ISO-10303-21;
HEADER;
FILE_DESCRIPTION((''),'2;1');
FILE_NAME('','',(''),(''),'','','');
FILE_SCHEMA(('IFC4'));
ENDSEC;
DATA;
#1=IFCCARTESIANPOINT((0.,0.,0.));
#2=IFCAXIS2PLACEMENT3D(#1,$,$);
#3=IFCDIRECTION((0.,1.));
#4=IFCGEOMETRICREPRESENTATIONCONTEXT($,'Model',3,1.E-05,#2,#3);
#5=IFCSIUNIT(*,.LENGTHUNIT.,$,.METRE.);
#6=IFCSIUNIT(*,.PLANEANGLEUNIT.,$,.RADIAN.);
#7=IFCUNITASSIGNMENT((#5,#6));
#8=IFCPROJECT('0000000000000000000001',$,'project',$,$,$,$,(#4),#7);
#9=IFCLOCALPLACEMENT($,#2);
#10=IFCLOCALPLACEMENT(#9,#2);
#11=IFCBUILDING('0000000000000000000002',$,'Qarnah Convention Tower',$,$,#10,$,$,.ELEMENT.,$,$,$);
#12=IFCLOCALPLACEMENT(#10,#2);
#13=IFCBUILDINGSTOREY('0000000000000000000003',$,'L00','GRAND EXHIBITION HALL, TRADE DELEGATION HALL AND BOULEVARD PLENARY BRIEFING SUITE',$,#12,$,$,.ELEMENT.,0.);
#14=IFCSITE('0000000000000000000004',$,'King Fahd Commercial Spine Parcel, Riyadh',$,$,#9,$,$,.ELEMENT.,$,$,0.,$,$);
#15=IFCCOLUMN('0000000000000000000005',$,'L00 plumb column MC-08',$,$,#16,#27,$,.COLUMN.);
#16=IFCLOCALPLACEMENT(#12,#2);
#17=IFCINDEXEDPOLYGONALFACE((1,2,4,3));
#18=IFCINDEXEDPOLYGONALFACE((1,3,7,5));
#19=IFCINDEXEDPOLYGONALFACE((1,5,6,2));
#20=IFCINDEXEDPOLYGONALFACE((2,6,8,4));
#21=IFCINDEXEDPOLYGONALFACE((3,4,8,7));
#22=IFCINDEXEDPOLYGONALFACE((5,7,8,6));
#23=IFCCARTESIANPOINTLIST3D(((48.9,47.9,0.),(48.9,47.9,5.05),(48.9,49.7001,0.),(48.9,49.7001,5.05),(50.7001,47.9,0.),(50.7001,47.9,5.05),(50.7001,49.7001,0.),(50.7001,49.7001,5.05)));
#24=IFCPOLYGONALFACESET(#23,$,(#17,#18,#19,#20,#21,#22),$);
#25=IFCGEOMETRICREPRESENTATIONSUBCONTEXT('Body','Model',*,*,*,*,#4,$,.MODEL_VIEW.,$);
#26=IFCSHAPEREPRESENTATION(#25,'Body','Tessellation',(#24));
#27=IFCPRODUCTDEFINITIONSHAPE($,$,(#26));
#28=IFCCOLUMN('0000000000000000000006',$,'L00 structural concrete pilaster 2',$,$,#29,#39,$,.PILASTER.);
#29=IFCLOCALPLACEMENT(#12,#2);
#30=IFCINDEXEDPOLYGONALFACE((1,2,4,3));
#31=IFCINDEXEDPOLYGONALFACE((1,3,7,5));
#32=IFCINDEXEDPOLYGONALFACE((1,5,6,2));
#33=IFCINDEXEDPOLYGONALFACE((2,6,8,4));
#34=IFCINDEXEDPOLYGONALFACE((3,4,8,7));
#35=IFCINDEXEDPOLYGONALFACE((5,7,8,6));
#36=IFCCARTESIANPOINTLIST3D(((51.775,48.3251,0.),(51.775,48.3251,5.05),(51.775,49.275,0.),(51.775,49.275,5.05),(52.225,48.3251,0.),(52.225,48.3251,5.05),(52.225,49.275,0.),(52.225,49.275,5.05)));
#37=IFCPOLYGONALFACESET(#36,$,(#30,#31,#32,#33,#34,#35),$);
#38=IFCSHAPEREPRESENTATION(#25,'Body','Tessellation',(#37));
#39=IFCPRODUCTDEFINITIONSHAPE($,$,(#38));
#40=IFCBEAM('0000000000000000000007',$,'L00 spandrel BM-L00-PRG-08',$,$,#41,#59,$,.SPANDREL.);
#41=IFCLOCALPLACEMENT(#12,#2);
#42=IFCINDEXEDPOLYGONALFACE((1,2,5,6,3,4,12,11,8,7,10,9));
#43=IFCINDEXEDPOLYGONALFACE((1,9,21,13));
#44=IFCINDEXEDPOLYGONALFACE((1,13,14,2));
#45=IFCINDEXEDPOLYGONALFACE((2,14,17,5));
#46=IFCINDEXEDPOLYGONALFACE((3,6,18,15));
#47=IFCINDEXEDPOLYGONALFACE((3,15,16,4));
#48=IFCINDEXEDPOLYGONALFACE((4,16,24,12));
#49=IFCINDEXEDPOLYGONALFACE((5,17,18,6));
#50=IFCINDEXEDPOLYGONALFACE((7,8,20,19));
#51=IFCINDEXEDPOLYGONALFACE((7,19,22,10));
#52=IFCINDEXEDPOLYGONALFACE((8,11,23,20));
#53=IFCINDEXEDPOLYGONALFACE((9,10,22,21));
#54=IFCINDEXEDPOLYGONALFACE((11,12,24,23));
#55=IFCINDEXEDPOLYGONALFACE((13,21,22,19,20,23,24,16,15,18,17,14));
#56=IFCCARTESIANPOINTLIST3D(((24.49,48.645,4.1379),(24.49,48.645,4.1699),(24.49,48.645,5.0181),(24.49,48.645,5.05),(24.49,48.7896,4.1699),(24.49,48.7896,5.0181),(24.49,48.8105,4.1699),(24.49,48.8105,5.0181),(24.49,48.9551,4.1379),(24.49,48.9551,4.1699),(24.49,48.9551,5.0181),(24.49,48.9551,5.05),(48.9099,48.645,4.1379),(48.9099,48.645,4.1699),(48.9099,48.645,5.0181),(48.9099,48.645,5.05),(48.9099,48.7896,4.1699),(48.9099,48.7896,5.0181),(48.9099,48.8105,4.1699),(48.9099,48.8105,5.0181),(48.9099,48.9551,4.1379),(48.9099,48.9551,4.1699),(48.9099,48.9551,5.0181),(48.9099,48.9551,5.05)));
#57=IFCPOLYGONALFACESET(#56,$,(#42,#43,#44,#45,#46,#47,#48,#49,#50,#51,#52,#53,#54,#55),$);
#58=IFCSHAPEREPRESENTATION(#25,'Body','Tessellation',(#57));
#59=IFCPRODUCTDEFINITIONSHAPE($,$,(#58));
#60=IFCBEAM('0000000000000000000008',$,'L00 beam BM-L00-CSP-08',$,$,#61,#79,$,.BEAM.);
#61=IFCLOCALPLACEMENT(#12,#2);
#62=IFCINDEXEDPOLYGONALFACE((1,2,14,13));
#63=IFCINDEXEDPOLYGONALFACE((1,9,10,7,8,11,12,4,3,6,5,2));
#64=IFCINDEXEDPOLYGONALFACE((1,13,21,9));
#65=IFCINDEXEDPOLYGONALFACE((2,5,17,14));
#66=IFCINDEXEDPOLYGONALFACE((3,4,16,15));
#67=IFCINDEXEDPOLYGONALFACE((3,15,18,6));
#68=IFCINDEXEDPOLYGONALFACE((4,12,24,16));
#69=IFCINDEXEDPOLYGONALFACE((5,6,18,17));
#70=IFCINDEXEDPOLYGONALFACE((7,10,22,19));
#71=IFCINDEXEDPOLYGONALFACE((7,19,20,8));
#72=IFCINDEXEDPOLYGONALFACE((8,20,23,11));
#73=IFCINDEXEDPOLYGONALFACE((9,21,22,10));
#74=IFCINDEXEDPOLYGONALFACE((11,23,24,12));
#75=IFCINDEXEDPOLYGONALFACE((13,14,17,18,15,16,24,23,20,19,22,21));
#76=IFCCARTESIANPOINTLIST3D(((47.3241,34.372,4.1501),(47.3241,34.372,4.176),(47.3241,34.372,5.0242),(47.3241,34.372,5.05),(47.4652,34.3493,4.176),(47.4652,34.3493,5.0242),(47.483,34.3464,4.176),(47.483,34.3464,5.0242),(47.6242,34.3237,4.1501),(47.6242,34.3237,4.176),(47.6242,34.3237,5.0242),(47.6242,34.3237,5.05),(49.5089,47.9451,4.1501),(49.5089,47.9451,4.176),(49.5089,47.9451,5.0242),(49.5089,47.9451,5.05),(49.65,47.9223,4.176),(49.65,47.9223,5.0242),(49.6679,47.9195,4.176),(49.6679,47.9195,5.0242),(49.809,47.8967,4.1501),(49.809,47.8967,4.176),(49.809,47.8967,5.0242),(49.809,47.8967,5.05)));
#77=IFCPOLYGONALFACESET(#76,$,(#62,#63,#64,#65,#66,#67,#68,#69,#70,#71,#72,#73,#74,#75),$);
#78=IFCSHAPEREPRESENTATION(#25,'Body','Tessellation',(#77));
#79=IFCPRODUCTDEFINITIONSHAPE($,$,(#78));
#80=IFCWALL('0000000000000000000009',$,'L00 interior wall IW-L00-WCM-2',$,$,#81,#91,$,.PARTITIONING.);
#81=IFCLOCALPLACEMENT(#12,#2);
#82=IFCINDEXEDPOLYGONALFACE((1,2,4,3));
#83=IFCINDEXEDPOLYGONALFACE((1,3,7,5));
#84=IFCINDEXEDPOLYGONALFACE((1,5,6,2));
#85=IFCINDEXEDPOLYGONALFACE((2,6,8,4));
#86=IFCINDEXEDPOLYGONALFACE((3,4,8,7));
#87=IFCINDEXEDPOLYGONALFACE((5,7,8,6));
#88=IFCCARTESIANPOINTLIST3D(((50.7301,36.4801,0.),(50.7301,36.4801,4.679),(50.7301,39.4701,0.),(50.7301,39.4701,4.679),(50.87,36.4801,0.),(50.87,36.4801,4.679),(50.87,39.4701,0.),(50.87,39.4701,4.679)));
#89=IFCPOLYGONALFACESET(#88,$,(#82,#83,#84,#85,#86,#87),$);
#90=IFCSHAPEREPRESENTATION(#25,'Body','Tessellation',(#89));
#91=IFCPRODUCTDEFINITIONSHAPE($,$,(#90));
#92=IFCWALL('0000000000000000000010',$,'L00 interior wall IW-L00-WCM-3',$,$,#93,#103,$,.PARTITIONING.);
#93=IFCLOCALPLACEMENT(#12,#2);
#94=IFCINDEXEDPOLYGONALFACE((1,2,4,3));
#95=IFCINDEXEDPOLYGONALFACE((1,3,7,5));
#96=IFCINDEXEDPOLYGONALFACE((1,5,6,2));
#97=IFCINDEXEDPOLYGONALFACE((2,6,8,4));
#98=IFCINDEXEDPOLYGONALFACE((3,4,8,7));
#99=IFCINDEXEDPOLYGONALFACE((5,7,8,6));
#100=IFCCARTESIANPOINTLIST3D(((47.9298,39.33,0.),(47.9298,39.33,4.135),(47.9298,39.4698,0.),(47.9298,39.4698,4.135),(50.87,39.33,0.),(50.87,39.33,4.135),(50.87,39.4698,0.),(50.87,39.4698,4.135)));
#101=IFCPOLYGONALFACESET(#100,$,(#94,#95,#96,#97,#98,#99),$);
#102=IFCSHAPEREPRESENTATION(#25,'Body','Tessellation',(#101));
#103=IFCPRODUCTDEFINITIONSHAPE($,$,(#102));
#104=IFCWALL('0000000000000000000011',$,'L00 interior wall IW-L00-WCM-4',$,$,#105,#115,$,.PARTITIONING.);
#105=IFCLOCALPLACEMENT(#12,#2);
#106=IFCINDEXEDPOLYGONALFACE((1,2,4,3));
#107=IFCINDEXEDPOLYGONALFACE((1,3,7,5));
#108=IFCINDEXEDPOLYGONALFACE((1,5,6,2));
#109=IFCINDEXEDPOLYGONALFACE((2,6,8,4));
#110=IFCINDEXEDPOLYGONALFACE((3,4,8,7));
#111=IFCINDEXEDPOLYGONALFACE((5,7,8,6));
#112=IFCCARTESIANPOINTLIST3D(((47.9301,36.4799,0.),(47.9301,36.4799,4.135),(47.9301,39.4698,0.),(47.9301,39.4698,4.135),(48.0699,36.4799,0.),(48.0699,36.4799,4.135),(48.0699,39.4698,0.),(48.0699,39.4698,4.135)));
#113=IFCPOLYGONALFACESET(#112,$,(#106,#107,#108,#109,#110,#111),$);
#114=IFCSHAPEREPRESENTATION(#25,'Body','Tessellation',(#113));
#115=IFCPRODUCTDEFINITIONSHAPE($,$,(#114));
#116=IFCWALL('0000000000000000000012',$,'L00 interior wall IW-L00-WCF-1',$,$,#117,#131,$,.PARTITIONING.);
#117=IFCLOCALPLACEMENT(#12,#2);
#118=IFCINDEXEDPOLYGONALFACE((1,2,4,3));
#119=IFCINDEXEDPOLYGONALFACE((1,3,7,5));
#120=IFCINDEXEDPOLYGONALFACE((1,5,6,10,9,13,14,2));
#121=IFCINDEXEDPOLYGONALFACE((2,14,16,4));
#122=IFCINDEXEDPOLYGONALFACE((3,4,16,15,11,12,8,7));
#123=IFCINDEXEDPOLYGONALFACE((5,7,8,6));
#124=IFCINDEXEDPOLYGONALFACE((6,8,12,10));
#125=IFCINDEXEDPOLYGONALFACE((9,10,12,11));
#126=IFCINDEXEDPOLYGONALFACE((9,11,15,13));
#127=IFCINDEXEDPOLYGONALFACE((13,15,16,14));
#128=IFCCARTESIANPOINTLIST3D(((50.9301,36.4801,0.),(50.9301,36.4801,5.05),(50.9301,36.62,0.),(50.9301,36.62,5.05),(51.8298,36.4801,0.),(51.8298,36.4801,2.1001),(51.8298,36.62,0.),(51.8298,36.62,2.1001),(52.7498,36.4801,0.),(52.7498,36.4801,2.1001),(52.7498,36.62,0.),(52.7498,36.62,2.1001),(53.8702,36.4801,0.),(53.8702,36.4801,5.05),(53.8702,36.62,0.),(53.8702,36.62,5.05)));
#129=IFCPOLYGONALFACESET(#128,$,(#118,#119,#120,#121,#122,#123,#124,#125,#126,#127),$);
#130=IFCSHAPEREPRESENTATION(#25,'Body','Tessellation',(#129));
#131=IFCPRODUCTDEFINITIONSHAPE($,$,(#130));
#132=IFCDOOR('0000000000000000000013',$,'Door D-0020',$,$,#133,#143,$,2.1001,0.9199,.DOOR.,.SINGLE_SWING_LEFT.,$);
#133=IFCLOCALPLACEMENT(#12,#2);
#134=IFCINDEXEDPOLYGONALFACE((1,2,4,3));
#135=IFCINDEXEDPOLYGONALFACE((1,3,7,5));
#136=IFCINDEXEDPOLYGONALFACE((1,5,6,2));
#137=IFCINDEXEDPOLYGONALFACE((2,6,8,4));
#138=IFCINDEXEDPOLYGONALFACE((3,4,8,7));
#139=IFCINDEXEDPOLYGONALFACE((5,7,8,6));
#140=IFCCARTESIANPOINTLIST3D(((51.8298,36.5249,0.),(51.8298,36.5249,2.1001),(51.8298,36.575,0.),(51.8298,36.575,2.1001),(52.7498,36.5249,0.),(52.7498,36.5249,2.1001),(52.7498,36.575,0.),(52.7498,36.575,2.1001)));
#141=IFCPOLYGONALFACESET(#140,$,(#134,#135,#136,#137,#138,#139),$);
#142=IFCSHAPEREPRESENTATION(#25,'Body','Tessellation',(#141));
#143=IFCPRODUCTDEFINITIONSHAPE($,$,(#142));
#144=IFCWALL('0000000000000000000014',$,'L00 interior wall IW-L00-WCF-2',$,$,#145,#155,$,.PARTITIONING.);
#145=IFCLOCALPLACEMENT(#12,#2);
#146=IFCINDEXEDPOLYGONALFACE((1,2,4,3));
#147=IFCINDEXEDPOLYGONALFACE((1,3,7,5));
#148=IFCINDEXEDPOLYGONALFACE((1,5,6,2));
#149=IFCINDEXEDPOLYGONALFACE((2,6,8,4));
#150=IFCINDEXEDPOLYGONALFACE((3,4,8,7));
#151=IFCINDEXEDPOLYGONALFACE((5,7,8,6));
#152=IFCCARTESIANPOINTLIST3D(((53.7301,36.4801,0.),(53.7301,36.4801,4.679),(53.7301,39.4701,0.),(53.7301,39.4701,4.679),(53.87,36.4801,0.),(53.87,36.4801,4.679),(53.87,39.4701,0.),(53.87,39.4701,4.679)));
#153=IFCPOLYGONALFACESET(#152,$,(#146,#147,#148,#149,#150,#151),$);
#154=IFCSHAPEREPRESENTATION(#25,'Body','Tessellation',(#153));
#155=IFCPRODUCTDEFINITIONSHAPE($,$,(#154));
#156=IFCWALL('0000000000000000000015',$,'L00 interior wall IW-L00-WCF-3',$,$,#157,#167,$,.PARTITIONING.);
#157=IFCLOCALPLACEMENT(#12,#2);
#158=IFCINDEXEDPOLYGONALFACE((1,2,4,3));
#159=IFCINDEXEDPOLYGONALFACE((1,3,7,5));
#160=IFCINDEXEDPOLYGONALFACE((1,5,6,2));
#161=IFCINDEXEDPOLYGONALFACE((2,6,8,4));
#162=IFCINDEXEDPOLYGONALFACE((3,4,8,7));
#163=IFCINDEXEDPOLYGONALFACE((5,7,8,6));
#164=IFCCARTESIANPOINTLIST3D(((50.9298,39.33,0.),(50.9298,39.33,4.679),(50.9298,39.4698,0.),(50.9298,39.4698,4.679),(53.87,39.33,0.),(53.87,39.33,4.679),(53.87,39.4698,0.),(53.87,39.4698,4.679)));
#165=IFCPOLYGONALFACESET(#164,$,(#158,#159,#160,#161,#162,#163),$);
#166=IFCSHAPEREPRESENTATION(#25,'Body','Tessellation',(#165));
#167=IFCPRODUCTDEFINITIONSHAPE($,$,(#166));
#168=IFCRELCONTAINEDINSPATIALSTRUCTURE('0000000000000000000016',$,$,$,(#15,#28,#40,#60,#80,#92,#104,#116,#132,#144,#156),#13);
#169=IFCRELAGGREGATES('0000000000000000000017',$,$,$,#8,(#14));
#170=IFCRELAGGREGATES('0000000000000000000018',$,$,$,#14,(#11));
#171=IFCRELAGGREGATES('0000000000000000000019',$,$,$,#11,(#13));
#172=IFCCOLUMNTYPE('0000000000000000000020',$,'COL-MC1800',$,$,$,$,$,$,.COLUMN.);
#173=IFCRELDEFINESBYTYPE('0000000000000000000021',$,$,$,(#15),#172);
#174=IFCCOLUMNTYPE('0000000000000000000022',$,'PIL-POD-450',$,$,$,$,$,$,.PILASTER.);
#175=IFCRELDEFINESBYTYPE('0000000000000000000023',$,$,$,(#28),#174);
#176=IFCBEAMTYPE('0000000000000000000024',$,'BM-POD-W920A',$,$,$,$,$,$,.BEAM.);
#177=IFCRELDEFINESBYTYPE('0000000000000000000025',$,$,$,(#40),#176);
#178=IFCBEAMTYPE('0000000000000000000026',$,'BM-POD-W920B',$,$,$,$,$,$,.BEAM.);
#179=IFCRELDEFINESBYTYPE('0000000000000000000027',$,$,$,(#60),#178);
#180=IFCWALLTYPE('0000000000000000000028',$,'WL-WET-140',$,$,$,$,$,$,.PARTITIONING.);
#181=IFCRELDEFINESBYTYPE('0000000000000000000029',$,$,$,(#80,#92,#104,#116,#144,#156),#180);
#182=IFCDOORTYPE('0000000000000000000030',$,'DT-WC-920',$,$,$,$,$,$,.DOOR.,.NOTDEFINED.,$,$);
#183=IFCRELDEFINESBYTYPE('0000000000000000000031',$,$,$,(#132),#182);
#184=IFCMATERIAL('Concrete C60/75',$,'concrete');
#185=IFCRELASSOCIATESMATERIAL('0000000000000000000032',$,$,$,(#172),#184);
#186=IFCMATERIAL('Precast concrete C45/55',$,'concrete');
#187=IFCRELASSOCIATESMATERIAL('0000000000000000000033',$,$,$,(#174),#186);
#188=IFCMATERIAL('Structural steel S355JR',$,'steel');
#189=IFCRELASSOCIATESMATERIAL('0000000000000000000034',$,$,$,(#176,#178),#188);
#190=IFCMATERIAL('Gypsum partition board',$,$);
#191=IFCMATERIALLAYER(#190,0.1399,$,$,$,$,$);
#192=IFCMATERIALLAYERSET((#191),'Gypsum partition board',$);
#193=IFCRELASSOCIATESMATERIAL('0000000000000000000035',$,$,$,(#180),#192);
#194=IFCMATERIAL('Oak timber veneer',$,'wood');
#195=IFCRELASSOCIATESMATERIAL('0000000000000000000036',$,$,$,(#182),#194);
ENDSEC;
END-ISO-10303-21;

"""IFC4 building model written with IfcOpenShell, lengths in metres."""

from ifc_helpers import new_model, si_unit, direction, frame, frame_2d, origin, origin_2d, place, context, subcontext, project, spatial, rectangle, i_section, extrude, material, layer, layer_set, material_profile, profile_set, type_object, element, fill, save


model = new_model("IFC4")

# Units and contexts
model_context = context("Model", 3, precision=1e-05, world=origin(), true_north=direction((0.0, 1.0)))
body_context = subcontext(model_context, "Body", "Model", "MODEL_VIEW")
ifc_project = project(units=[si_unit("LENGTHUNIT", "METRE"), si_unit("PLANEANGLEUNIT", "RADIAN")], contexts=[model_context])

# Site, building, storey
site_placement = place(None, origin())
site = spatial("IfcSite", under=ifc_project, at=site_placement, Name="King Fahd Commercial Spine Parcel, Riyadh", CompositionType="ELEMENT", RefElevation=0.0)
building_placement = place(site_placement, origin())
building = spatial("IfcBuilding", under=site, at=building_placement, Name="Qarnah Convention Tower", CompositionType="ELEMENT")
storey_placement = place(building_placement, origin())
storey = spatial("IfcBuildingStorey", under=building, at=storey_placement, Name="L00", Description="GRAND EXHIBITION HALL, TRADE DELEGATION HALL AND BOULEVARD PLENARY BRIEFING SUITE", CompositionType="ELEMENT", Elevation=0.0)

# Columns
ifc_material_1 = material(Name="Concrete C60/75", Category="concrete")
ifc_material_profile_1 = material_profile(ifc_material_1, rectangle(XDim=1.8, YDim=1.8, at=origin_2d()), Name="RC-COL-1800X1800")
ifc_profile_set_1 = profile_set([ifc_material_profile_1], Name="Concrete C60/75")
column_type_1 = type_object("IfcColumnType", Name="COL-MC1800", PredefinedType="COLUMN", material=ifc_profile_set_1)
column_1_placement = place(storey_placement, frame((49.8, 48.8, 0.0), z_axis=(0.0, 0.0, 1.0), x_axis=(1.0, 0.0, 0.0)))
element("IfcColumn", 1, at=column_1_placement, inside=storey, type_object=column_type_1, Name="L00 plumb column MC-08", PredefinedType="COLUMN", context=body_context, shape_type="SweptSolid", body=[
    extrude(rectangle(XDim=1.8, YDim=1.8, at=origin_2d()), origin(), (0.0, 0.0, 1.0), 5.05),
])
ifc_material_2 = material(Name="Precast concrete C45/55", Category="concrete")
ifc_material_profile_2 = material_profile(ifc_material_2, rectangle(XDim=0.45, YDim=0.95, at=origin_2d()), Name="PC-RIB-450X950")
ifc_profile_set_2 = profile_set([ifc_material_profile_2], Name="Precast concrete C45/55")
column_type_2 = type_object("IfcColumnType", Name="PIL-POD-450", PredefinedType="PILASTER", material=ifc_profile_set_2)
column_2_placement = place(storey_placement, frame((52.0, 48.8, 0.0), z_axis=(0.0, 0.0, 1.0), x_axis=(1.0, 0.0, 0.0)))
element("IfcColumn", 2, at=column_2_placement, inside=storey, type_object=column_type_2, Name="L00 structural concrete pilaster 2", PredefinedType="PILASTER", context=body_context, shape_type="SweptSolid", body=[
    extrude(rectangle(XDim=0.45, YDim=0.95, at=origin_2d()), origin(), (0.0, 0.0, 1.0), 5.05),
])

# Beams
ifc_material_3 = material(Name="Structural steel S355JR", Category="steel")
ifc_material_profile_3 = material_profile(ifc_material_3, i_section(OverallWidth=0.3101, OverallDepth=0.9121, WebThickness=0.021, FlangeThickness=0.032, at=origin_2d()), Name="W920X342")
ifc_profile_set_3 = profile_set([ifc_material_profile_3], Name="Structural steel S355JR")
beam_type_1 = type_object("IfcBeamType", Name="BM-POD-W920A", PredefinedType="BEAM", material=ifc_profile_set_3)
beam_1_placement = place(storey_placement, frame((48.9099, 48.8, 4.594), z_axis=(-1.0, 0.0, 0.0), x_axis=(0.0, -1.0, 0.0)))
element("IfcBeam", 3, at=beam_1_placement, inside=storey, type_object=beam_type_1, Name="L00 spandrel BM-L00-PRG-08", PredefinedType="SPANDREL", context=body_context, shape_type="SweptSolid", body=[
    extrude(i_section(OverallWidth=0.3101, OverallDepth=0.9121, WebThickness=0.021, FlangeThickness=0.032, at=origin_2d()), origin(), (0.0, 0.0, 1.0), 24.4199),
])
ifc_material_profile_4 = material_profile(ifc_material_3, i_section(OverallWidth=0.304, OverallDepth=0.8999, WebThickness=0.0181, FlangeThickness=0.0259, at=origin_2d()), Name="W920X271")
ifc_profile_set_4 = profile_set([ifc_material_profile_4], Name="Structural steel S355JR")
beam_type_2 = type_object("IfcBeamType", Name="BM-POD-W920B", PredefinedType="BEAM", material=ifc_profile_set_4)
beam_2_placement = place(storey_placement, frame((49.6589, 47.9209, 4.6001), z_axis=(-0.158922, -0.987291, 0.0), x_axis=(0.987291, -0.158922, 0.0)))
element("IfcBeam", 4, at=beam_2_placement, inside=storey, type_object=beam_type_2, Name="L00 beam BM-L00-CSP-08", PredefinedType="BEAM", context=body_context, shape_type="SweptSolid", body=[
    extrude(i_section(OverallWidth=0.304, OverallDepth=0.8999, WebThickness=0.0181, FlangeThickness=0.0259, at=origin_2d()), origin(), (0.0, 0.0, 1.0), 13.7478),
])

# Walls
ifc_material_4 = material(Name="Gypsum partition board")
ifc_layer = layer(ifc_material_4, 0.1399)
ifc_layer_set = layer_set([ifc_layer], Name="Gypsum partition board")
wall_type = type_object("IfcWallType", Name="WL-WET-140", PredefinedType="PARTITIONING", material=ifc_layer_set)
wall_1_placement = place(storey_placement, frame((50.8, 36.48, 0.0), z_axis=(0.0, 0.0, 1.0), x_axis=(0.0, 1.0, 0.0)))
element("IfcWall", 5, at=wall_1_placement, inside=storey, type_object=wall_type, Name="L00 interior wall IW-L00-WCM-2", PredefinedType="PARTITIONING", context=body_context, shape_type="SweptSolid", body=[
    extrude(rectangle(XDim=2.99, YDim=0.1399, at=frame_2d((1.4951, 0.0))), origin(), (0.0, 0.0, 1.0), 4.679),
])
wall_2_placement = place(storey_placement, frame((50.8701, 39.3999, 0.0), z_axis=(0.0, 0.0, 1.0), x_axis=(-1.0, 0.0, 0.0)))
element("IfcWall", 6, at=wall_2_placement, inside=storey, type_object=wall_type, Name="L00 interior wall IW-L00-WCM-3", PredefinedType="PARTITIONING", context=body_context, shape_type="SweptSolid", body=[
    extrude(rectangle(XDim=2.9402, YDim=0.1399, at=frame_2d((1.4702, 0.0))), origin(), (0.0, 0.0, 1.0), 4.135),
])
wall_3_placement = place(storey_placement, frame((48.0, 39.47, 0.0), z_axis=(0.0, 0.0, 1.0), x_axis=(0.0, -1.0, 0.0)))
element("IfcWall", 7, at=wall_3_placement, inside=storey, type_object=wall_type, Name="L00 interior wall IW-L00-WCM-4", PredefinedType="PARTITIONING", context=body_context, shape_type="SweptSolid", body=[
    extrude(rectangle(XDim=2.99, YDim=0.1399, at=frame_2d((1.4951, 0.0))), origin(), (0.0, 0.0, 1.0), 4.135),
])

# Wall, opening, door
wall_4_placement = place(storey_placement, frame((50.9299, 36.55, 0.0), z_axis=(0.0, 0.0, 1.0), x_axis=(1.0, 0.0, 0.0)))
wall_4 = element("IfcWall", 8, at=wall_4_placement, inside=storey, type_object=wall_type, Name="L00 interior wall IW-L00-WCF-1", PredefinedType="PARTITIONING", context=body_context, shape_type="SweptSolid", body=[
    extrude(rectangle(XDim=2.9402, YDim=0.1399, at=frame_2d((1.4702, 0.0))), origin(), (0.0, 0.0, 1.0), 5.05),
])
opening_1_placement = place(wall_4_placement, frame((0.8999, 0.0, 0.0)))
opening_1 = element("IfcOpeningElement", 9, at=opening_1_placement, cuts=wall_4, PredefinedType="OPENING", context=body_context, shape_type="SweptSolid", body=[
    extrude(rectangle(XDim=0.9199, YDim=2.1001, at=frame_2d((0.46, 1.05))), frame((0.0, 0.0798, 0.0), z_axis=(0.0, -1.0, 0.0), x_axis=(1.0, 0.0, 0.0)), (0.0, 0.0, 1.0), 0.1599),
])
ifc_material_5 = material(Name="Oak timber veneer", Category="wood")
door_type = type_object("IfcDoorType", Name="DT-WC-920", OperationType="NOTDEFINED", PredefinedType="DOOR", material=ifc_material_5)
door_1_placement = place(opening_1_placement, origin())
door_1 = element("IfcDoor", 10, at=door_1_placement, inside=storey, type_object=door_type, Name="Door D-0020", OperationType="SINGLE_SWING_LEFT", OverallHeight=2.1001, OverallWidth=0.9199, PredefinedType="DOOR", context=body_context, shape_type="SweptSolid", body=[
    extrude(rectangle(XDim=0.9199, YDim=2.1001, at=frame_2d((0.46, 1.05))), frame((0.0, 0.0249, 0.0), z_axis=(0.0, -1.0, 0.0), x_axis=(1.0, 0.0, 0.0)), (0.0, 0.0, 1.0), 0.05),
])
fill(opening_1, door_1)

# Walls
wall_5_placement = place(storey_placement, frame((53.8, 36.48, 0.0), z_axis=(0.0, 0.0, 1.0), x_axis=(0.0, 1.0, 0.0)))
element("IfcWall", 11, at=wall_5_placement, inside=storey, type_object=wall_type, Name="L00 interior wall IW-L00-WCF-2", PredefinedType="PARTITIONING", context=body_context, shape_type="SweptSolid", body=[
    extrude(rectangle(XDim=2.99, YDim=0.1399, at=frame_2d((1.4951, 0.0))), origin(), (0.0, 0.0, 1.0), 4.679),
])
wall_6_placement = place(storey_placement, frame((53.8701, 39.3999, 0.0), z_axis=(0.0, 0.0, 1.0), x_axis=(-1.0, 0.0, 0.0)))
element("IfcWall", 12, at=wall_6_placement, inside=storey, type_object=wall_type, Name="L00 interior wall IW-L00-WCF-3", PredefinedType="PARTITIONING", context=body_context, shape_type="SweptSolid", body=[
    extrude(rectangle(XDim=2.9402, YDim=0.1399, at=frame_2d((1.4702, 0.0))), origin(), (0.0, 0.0, 1.0), 4.679),
])

save(model, "model.ifc")
